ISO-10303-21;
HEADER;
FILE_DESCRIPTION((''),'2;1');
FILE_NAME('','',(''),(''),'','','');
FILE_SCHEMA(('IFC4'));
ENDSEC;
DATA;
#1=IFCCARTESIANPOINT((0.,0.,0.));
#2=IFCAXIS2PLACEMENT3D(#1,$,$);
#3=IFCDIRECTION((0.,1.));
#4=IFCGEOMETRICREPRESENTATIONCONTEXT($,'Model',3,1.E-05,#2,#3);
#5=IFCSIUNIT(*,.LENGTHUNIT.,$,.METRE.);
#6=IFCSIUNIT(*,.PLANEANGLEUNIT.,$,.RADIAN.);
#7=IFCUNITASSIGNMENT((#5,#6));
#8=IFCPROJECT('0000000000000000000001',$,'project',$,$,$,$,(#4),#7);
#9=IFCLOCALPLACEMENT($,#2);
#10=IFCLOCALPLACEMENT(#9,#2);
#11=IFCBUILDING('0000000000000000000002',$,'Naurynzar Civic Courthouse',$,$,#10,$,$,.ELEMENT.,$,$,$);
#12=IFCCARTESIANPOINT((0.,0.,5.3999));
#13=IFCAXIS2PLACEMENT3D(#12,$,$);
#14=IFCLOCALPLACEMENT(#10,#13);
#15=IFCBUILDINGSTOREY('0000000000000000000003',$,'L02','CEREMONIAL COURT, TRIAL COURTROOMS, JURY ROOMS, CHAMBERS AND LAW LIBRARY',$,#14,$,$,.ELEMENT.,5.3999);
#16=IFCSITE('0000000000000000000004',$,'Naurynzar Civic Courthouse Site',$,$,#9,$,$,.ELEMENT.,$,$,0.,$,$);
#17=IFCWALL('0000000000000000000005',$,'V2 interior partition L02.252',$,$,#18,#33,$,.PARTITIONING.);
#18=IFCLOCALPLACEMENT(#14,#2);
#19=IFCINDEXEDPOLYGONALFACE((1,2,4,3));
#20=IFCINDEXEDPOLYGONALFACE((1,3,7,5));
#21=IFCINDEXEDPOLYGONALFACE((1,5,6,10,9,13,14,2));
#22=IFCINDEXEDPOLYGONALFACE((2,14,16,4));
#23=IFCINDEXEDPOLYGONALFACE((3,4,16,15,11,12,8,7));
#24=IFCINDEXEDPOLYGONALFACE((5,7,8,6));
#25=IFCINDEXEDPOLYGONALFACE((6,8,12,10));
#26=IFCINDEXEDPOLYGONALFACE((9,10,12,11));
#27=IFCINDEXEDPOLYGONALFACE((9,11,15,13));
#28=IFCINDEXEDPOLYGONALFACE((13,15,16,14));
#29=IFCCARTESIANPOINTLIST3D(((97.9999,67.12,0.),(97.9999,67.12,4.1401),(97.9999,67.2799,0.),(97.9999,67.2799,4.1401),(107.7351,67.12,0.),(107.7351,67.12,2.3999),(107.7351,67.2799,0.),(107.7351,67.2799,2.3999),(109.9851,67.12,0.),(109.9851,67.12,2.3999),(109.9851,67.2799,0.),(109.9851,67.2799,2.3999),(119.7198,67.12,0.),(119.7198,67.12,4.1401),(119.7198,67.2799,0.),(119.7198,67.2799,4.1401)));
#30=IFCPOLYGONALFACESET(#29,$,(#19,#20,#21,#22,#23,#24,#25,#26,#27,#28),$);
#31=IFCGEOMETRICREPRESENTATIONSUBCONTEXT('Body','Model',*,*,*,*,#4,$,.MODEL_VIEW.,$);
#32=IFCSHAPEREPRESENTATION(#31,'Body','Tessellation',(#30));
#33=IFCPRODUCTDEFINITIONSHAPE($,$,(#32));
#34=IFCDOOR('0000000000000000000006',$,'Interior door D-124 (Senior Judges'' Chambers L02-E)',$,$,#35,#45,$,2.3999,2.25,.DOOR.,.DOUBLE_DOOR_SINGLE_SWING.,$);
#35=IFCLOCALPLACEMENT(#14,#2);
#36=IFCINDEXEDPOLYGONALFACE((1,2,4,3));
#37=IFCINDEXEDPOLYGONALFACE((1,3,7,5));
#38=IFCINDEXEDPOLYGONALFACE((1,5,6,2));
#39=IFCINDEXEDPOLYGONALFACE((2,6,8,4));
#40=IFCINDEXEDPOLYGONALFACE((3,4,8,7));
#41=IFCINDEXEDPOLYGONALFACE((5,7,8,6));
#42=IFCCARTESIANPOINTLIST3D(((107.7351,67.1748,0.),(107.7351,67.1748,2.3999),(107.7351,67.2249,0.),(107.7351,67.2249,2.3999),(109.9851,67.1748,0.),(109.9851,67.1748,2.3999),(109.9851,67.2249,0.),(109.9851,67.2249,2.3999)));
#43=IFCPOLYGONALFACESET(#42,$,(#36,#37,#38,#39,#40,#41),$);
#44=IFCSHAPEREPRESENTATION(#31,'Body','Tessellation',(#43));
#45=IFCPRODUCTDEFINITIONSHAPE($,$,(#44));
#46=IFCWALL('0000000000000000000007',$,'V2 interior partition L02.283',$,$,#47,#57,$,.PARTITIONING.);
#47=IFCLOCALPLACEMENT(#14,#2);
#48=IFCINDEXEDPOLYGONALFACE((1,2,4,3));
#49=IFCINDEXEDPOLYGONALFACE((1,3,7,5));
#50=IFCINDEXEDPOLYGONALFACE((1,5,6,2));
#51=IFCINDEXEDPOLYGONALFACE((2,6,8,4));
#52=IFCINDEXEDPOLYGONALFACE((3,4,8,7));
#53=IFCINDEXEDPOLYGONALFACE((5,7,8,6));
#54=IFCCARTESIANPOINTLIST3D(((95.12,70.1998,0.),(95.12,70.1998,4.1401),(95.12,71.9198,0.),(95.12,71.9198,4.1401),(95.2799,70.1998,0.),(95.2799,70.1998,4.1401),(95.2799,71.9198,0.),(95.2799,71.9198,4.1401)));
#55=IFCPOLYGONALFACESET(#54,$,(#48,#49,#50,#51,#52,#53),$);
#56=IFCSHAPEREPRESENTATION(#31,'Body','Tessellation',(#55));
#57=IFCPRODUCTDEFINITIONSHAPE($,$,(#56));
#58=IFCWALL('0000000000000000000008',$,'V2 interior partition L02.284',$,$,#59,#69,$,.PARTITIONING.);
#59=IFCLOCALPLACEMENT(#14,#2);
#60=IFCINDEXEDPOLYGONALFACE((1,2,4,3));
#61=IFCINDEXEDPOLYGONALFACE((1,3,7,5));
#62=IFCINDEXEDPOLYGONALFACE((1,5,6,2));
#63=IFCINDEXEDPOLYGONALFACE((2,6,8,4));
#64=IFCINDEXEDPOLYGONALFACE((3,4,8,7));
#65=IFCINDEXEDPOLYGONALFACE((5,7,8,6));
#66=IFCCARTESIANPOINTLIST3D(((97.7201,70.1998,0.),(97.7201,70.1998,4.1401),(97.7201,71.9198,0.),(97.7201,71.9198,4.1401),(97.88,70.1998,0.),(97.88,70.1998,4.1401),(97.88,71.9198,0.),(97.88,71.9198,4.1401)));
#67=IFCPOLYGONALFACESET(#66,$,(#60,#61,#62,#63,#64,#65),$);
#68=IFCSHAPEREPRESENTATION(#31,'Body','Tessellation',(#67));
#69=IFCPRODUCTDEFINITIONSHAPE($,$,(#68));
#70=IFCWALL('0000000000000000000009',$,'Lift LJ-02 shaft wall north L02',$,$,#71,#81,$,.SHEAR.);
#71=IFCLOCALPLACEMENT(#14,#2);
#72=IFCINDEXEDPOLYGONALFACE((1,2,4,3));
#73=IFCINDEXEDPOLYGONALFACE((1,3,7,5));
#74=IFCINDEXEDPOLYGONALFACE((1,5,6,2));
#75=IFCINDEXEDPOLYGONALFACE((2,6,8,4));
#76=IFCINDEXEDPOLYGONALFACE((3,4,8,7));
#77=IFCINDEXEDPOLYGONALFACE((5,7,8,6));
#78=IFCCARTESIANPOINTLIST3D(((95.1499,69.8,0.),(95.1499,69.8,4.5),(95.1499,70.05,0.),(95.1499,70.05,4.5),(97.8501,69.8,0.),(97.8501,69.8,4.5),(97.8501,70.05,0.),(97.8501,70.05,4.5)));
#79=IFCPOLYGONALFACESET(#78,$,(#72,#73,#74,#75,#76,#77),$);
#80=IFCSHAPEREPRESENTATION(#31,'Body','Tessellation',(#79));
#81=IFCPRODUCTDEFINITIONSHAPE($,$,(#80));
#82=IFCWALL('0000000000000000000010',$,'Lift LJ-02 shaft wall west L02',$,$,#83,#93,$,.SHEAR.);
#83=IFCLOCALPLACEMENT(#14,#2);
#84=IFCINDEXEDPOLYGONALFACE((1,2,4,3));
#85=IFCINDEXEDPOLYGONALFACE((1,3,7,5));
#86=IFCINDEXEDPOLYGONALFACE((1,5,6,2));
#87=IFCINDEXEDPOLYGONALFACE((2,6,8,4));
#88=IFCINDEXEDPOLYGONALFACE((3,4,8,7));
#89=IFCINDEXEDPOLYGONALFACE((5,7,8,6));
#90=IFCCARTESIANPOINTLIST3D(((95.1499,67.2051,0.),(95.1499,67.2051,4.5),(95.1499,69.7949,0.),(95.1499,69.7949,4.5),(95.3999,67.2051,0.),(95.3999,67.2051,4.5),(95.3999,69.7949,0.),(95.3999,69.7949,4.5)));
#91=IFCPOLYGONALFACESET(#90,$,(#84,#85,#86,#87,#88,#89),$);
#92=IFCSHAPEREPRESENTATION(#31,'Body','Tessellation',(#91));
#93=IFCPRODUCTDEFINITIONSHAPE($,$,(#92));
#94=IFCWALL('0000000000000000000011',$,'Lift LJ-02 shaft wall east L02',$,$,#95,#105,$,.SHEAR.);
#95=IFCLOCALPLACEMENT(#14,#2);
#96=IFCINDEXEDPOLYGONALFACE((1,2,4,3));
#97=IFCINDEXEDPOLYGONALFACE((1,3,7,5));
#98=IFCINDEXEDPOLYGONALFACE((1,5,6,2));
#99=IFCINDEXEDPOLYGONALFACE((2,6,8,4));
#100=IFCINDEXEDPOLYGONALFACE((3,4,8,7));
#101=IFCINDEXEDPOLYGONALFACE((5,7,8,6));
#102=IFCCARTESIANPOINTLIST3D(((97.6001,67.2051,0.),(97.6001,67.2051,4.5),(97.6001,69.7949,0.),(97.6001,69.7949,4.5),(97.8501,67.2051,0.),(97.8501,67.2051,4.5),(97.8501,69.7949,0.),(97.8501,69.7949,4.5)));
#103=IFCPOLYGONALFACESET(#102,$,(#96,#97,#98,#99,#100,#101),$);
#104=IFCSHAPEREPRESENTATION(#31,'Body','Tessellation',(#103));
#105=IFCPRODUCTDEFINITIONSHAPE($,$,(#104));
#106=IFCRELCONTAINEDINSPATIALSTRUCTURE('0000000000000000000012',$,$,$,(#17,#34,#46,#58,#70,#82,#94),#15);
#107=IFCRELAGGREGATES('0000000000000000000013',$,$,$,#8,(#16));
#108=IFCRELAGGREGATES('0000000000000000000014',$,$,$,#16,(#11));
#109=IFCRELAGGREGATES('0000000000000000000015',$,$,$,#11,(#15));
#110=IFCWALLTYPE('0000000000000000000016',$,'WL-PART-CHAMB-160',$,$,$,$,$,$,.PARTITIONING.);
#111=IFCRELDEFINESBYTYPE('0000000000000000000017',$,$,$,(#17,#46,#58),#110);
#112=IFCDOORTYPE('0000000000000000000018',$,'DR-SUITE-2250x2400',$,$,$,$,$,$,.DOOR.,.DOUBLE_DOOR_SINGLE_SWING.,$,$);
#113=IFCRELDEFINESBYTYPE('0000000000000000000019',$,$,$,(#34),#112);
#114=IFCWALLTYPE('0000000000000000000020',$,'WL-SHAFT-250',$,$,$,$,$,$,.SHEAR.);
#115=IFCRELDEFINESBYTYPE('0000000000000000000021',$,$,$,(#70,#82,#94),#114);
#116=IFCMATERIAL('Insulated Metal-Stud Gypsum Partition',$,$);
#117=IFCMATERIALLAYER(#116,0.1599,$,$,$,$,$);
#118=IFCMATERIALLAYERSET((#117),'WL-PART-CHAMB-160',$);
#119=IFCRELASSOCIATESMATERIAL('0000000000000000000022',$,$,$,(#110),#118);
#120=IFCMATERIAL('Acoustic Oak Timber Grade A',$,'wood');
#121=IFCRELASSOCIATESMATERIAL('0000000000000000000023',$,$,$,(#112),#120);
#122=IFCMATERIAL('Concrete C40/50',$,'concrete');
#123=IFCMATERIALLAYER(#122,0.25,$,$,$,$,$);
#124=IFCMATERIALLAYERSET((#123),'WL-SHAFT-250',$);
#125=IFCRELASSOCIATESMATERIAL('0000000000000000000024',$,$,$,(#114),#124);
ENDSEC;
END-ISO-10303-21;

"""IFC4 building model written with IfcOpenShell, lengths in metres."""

from ifc_helpers import new_model, si_unit, direction, frame, frame_2d, origin, place, context, subcontext, project, spatial, rectangle, extrude, material, layer, layer_set, type_object, element, fill, save


model = new_model("IFC4")

# Units and contexts
model_context = context("Model", 3, precision=1e-05, world=origin(), true_north=direction((0.0, 1.0)))
body_context = subcontext(model_context, "Body", "Model", "MODEL_VIEW")
ifc_project = project(units=[si_unit("LENGTHUNIT", "METRE"), si_unit("PLANEANGLEUNIT", "RADIAN")], contexts=[model_context])

# Site, building, storey
site_placement = place(None, origin())
site = spatial("IfcSite", under=ifc_project, at=site_placement, Name="Naurynzar Civic Courthouse Site", CompositionType="ELEMENT", RefElevation=0.0)
building_placement = place(site_placement, origin())
building = spatial("IfcBuilding", under=site, at=building_placement, Name="Naurynzar Civic Courthouse", CompositionType="ELEMENT")
storey_placement = place(building_placement, frame((0.0, 0.0, 5.3999)))
storey = spatial("IfcBuildingStorey", under=building, at=storey_placement, Name="L02", Description="CEREMONIAL COURT, TRIAL COURTROOMS, JURY ROOMS, CHAMBERS AND LAW LIBRARY", CompositionType="ELEMENT", Elevation=5.3999)

# Wall, opening, door
ifc_material_1 = material(Name="Insulated Metal-Stud Gypsum Partition")
ifc_layer_1 = layer(ifc_material_1, 0.1599)
ifc_layer_set_1 = layer_set([ifc_layer_1], Name="WL-PART-CHAMB-160")
wall_type_1 = type_object("IfcWallType", Name="WL-PART-CHAMB-160", PredefinedType="PARTITIONING", material=ifc_layer_set_1)
wall_1_placement = place(storey_placement, frame((98.0, 67.2, 0.0), z_axis=(0.0, 0.0, 1.0), x_axis=(1.0, 0.0, 0.0)))
wall_1 = element("IfcWall", 1, at=wall_1_placement, inside=storey, type_object=wall_type_1, Name="V2 interior partition L02.252", PredefinedType="PARTITIONING", context=body_context, shape_type="SweptSolid", body=[
    extrude(rectangle(XDim=21.72, YDim=0.1599, at=frame_2d((10.8599, 0.0))), origin(), (0.0, 0.0, 1.0), 4.1401),
])
opening_1_placement = place(wall_1_placement, frame((9.7351, 0.0, 0.0)))
opening_1 = element("IfcOpeningElement", 2, at=opening_1_placement, cuts=wall_1, PredefinedType="OPENING", context=body_context, shape_type="SweptSolid", body=[
    extrude(rectangle(XDim=2.25, YDim=2.3999, at=frame_2d((1.125, 1.2))), frame((0.0, 0.0898, 0.0), z_axis=(0.0, -1.0, 0.0), x_axis=(1.0, 0.0, 0.0)), (0.0, 0.0, 1.0), 0.1799),
])
ifc_material_2 = material(Name="Acoustic Oak Timber Grade A", Category="wood")
door_type_1 = type_object("IfcDoorType", Name="DR-SUITE-2250x2400", OperationType="DOUBLE_DOOR_SINGLE_SWING", PredefinedType="DOOR", material=ifc_material_2)
door_1_placement = place(opening_1_placement, origin())
door_1 = element("IfcDoor", 3, at=door_1_placement, inside=storey, type_object=door_type_1, Name="Interior door D-124 (Senior Judges' Chambers L02-E)", OperationType="DOUBLE_DOOR_SINGLE_SWING", OverallHeight=2.3999, OverallWidth=2.25, PredefinedType="DOOR", context=body_context, shape_type="SweptSolid", body=[
    extrude(rectangle(XDim=2.25, YDim=2.3999, at=frame_2d((1.125, 1.2))), frame((0.0, 0.0249, 0.0), z_axis=(0.0, -1.0, 0.0), x_axis=(1.0, 0.0, 0.0)), (0.0, 0.0, 1.0), 0.05),
])
fill(opening_1, door_1)

# Walls
for number, where, z_axis, x_axis, name in (
    (4, (95.2, 70.2, 0.0), (0.0, 0.0, 1.0), (0.0, 1.0, 0.0), "V2 interior partition L02.283"),
    (5, (97.8, 70.2, 0.0), (0.0, 0.0, 1.0), (0.0, 1.0, 0.0), "V2 interior partition L02.284"),
):
    element("IfcWall", number, at=place(storey_placement, frame(where, z_axis=z_axis, x_axis=x_axis)), inside=storey, type_object=wall_type_1, Name=name, PredefinedType="PARTITIONING", context=body_context, shape_type="SweptSolid", body=[
        extrude(rectangle(XDim=1.72, YDim=0.1599, at=frame_2d((0.8599, 0.0))), origin(), (0.0, 0.0, 1.0), 4.1401),
    ])

# Shared definitions
ifc_material_3 = material(Name="Concrete C40/50", Category="concrete")
ifc_layer_2 = layer(ifc_material_3, 0.25)
ifc_layer_set_2 = layer_set([ifc_layer_2], Name="WL-SHAFT-250")
wall_type_2 = type_object("IfcWallType", Name="WL-SHAFT-250", PredefinedType="SHEAR", material=ifc_layer_set_2)

# Walls
wall_2_placement = place(storey_placement, frame((97.8501, 69.925, 0.0), z_axis=(0.0, 0.0, 1.0), x_axis=(-1.0, 0.0, 0.0)))
element("IfcWall", 6, at=wall_2_placement, inside=storey, type_object=wall_type_2, Name="Lift LJ-02 shaft wall north L02", PredefinedType="SHEAR", context=body_context, shape_type="SweptSolid", body=[
    extrude(rectangle(XDim=2.7002, YDim=0.25, at=frame_2d((1.3501, 0.0))), origin(), (0.0, 0.0, 1.0), 4.5),
])
for number, where, z_axis, x_axis, name in (
    (7, (95.2749, 69.7949, 0.0), (0.0, 0.0, 1.0), (0.0, -1.0, 0.0), "Lift LJ-02 shaft wall west L02"),
    (8, (97.7251, 67.2051, 0.0), (0.0, 0.0, 1.0), (0.0, 1.0, 0.0), "Lift LJ-02 shaft wall east L02"),
):
    element("IfcWall", number, at=place(storey_placement, frame(where, z_axis=z_axis, x_axis=x_axis)), inside=storey, type_object=wall_type_2, Name=name, PredefinedType="SHEAR", context=body_context, shape_type="SweptSolid", body=[
        extrude(rectangle(XDim=2.5898, YDim=0.25, at=frame_2d((1.2949, 0.0))), origin(), (0.0, 0.0, 1.0), 4.5),
    ])

save(model, "model.ifc")
